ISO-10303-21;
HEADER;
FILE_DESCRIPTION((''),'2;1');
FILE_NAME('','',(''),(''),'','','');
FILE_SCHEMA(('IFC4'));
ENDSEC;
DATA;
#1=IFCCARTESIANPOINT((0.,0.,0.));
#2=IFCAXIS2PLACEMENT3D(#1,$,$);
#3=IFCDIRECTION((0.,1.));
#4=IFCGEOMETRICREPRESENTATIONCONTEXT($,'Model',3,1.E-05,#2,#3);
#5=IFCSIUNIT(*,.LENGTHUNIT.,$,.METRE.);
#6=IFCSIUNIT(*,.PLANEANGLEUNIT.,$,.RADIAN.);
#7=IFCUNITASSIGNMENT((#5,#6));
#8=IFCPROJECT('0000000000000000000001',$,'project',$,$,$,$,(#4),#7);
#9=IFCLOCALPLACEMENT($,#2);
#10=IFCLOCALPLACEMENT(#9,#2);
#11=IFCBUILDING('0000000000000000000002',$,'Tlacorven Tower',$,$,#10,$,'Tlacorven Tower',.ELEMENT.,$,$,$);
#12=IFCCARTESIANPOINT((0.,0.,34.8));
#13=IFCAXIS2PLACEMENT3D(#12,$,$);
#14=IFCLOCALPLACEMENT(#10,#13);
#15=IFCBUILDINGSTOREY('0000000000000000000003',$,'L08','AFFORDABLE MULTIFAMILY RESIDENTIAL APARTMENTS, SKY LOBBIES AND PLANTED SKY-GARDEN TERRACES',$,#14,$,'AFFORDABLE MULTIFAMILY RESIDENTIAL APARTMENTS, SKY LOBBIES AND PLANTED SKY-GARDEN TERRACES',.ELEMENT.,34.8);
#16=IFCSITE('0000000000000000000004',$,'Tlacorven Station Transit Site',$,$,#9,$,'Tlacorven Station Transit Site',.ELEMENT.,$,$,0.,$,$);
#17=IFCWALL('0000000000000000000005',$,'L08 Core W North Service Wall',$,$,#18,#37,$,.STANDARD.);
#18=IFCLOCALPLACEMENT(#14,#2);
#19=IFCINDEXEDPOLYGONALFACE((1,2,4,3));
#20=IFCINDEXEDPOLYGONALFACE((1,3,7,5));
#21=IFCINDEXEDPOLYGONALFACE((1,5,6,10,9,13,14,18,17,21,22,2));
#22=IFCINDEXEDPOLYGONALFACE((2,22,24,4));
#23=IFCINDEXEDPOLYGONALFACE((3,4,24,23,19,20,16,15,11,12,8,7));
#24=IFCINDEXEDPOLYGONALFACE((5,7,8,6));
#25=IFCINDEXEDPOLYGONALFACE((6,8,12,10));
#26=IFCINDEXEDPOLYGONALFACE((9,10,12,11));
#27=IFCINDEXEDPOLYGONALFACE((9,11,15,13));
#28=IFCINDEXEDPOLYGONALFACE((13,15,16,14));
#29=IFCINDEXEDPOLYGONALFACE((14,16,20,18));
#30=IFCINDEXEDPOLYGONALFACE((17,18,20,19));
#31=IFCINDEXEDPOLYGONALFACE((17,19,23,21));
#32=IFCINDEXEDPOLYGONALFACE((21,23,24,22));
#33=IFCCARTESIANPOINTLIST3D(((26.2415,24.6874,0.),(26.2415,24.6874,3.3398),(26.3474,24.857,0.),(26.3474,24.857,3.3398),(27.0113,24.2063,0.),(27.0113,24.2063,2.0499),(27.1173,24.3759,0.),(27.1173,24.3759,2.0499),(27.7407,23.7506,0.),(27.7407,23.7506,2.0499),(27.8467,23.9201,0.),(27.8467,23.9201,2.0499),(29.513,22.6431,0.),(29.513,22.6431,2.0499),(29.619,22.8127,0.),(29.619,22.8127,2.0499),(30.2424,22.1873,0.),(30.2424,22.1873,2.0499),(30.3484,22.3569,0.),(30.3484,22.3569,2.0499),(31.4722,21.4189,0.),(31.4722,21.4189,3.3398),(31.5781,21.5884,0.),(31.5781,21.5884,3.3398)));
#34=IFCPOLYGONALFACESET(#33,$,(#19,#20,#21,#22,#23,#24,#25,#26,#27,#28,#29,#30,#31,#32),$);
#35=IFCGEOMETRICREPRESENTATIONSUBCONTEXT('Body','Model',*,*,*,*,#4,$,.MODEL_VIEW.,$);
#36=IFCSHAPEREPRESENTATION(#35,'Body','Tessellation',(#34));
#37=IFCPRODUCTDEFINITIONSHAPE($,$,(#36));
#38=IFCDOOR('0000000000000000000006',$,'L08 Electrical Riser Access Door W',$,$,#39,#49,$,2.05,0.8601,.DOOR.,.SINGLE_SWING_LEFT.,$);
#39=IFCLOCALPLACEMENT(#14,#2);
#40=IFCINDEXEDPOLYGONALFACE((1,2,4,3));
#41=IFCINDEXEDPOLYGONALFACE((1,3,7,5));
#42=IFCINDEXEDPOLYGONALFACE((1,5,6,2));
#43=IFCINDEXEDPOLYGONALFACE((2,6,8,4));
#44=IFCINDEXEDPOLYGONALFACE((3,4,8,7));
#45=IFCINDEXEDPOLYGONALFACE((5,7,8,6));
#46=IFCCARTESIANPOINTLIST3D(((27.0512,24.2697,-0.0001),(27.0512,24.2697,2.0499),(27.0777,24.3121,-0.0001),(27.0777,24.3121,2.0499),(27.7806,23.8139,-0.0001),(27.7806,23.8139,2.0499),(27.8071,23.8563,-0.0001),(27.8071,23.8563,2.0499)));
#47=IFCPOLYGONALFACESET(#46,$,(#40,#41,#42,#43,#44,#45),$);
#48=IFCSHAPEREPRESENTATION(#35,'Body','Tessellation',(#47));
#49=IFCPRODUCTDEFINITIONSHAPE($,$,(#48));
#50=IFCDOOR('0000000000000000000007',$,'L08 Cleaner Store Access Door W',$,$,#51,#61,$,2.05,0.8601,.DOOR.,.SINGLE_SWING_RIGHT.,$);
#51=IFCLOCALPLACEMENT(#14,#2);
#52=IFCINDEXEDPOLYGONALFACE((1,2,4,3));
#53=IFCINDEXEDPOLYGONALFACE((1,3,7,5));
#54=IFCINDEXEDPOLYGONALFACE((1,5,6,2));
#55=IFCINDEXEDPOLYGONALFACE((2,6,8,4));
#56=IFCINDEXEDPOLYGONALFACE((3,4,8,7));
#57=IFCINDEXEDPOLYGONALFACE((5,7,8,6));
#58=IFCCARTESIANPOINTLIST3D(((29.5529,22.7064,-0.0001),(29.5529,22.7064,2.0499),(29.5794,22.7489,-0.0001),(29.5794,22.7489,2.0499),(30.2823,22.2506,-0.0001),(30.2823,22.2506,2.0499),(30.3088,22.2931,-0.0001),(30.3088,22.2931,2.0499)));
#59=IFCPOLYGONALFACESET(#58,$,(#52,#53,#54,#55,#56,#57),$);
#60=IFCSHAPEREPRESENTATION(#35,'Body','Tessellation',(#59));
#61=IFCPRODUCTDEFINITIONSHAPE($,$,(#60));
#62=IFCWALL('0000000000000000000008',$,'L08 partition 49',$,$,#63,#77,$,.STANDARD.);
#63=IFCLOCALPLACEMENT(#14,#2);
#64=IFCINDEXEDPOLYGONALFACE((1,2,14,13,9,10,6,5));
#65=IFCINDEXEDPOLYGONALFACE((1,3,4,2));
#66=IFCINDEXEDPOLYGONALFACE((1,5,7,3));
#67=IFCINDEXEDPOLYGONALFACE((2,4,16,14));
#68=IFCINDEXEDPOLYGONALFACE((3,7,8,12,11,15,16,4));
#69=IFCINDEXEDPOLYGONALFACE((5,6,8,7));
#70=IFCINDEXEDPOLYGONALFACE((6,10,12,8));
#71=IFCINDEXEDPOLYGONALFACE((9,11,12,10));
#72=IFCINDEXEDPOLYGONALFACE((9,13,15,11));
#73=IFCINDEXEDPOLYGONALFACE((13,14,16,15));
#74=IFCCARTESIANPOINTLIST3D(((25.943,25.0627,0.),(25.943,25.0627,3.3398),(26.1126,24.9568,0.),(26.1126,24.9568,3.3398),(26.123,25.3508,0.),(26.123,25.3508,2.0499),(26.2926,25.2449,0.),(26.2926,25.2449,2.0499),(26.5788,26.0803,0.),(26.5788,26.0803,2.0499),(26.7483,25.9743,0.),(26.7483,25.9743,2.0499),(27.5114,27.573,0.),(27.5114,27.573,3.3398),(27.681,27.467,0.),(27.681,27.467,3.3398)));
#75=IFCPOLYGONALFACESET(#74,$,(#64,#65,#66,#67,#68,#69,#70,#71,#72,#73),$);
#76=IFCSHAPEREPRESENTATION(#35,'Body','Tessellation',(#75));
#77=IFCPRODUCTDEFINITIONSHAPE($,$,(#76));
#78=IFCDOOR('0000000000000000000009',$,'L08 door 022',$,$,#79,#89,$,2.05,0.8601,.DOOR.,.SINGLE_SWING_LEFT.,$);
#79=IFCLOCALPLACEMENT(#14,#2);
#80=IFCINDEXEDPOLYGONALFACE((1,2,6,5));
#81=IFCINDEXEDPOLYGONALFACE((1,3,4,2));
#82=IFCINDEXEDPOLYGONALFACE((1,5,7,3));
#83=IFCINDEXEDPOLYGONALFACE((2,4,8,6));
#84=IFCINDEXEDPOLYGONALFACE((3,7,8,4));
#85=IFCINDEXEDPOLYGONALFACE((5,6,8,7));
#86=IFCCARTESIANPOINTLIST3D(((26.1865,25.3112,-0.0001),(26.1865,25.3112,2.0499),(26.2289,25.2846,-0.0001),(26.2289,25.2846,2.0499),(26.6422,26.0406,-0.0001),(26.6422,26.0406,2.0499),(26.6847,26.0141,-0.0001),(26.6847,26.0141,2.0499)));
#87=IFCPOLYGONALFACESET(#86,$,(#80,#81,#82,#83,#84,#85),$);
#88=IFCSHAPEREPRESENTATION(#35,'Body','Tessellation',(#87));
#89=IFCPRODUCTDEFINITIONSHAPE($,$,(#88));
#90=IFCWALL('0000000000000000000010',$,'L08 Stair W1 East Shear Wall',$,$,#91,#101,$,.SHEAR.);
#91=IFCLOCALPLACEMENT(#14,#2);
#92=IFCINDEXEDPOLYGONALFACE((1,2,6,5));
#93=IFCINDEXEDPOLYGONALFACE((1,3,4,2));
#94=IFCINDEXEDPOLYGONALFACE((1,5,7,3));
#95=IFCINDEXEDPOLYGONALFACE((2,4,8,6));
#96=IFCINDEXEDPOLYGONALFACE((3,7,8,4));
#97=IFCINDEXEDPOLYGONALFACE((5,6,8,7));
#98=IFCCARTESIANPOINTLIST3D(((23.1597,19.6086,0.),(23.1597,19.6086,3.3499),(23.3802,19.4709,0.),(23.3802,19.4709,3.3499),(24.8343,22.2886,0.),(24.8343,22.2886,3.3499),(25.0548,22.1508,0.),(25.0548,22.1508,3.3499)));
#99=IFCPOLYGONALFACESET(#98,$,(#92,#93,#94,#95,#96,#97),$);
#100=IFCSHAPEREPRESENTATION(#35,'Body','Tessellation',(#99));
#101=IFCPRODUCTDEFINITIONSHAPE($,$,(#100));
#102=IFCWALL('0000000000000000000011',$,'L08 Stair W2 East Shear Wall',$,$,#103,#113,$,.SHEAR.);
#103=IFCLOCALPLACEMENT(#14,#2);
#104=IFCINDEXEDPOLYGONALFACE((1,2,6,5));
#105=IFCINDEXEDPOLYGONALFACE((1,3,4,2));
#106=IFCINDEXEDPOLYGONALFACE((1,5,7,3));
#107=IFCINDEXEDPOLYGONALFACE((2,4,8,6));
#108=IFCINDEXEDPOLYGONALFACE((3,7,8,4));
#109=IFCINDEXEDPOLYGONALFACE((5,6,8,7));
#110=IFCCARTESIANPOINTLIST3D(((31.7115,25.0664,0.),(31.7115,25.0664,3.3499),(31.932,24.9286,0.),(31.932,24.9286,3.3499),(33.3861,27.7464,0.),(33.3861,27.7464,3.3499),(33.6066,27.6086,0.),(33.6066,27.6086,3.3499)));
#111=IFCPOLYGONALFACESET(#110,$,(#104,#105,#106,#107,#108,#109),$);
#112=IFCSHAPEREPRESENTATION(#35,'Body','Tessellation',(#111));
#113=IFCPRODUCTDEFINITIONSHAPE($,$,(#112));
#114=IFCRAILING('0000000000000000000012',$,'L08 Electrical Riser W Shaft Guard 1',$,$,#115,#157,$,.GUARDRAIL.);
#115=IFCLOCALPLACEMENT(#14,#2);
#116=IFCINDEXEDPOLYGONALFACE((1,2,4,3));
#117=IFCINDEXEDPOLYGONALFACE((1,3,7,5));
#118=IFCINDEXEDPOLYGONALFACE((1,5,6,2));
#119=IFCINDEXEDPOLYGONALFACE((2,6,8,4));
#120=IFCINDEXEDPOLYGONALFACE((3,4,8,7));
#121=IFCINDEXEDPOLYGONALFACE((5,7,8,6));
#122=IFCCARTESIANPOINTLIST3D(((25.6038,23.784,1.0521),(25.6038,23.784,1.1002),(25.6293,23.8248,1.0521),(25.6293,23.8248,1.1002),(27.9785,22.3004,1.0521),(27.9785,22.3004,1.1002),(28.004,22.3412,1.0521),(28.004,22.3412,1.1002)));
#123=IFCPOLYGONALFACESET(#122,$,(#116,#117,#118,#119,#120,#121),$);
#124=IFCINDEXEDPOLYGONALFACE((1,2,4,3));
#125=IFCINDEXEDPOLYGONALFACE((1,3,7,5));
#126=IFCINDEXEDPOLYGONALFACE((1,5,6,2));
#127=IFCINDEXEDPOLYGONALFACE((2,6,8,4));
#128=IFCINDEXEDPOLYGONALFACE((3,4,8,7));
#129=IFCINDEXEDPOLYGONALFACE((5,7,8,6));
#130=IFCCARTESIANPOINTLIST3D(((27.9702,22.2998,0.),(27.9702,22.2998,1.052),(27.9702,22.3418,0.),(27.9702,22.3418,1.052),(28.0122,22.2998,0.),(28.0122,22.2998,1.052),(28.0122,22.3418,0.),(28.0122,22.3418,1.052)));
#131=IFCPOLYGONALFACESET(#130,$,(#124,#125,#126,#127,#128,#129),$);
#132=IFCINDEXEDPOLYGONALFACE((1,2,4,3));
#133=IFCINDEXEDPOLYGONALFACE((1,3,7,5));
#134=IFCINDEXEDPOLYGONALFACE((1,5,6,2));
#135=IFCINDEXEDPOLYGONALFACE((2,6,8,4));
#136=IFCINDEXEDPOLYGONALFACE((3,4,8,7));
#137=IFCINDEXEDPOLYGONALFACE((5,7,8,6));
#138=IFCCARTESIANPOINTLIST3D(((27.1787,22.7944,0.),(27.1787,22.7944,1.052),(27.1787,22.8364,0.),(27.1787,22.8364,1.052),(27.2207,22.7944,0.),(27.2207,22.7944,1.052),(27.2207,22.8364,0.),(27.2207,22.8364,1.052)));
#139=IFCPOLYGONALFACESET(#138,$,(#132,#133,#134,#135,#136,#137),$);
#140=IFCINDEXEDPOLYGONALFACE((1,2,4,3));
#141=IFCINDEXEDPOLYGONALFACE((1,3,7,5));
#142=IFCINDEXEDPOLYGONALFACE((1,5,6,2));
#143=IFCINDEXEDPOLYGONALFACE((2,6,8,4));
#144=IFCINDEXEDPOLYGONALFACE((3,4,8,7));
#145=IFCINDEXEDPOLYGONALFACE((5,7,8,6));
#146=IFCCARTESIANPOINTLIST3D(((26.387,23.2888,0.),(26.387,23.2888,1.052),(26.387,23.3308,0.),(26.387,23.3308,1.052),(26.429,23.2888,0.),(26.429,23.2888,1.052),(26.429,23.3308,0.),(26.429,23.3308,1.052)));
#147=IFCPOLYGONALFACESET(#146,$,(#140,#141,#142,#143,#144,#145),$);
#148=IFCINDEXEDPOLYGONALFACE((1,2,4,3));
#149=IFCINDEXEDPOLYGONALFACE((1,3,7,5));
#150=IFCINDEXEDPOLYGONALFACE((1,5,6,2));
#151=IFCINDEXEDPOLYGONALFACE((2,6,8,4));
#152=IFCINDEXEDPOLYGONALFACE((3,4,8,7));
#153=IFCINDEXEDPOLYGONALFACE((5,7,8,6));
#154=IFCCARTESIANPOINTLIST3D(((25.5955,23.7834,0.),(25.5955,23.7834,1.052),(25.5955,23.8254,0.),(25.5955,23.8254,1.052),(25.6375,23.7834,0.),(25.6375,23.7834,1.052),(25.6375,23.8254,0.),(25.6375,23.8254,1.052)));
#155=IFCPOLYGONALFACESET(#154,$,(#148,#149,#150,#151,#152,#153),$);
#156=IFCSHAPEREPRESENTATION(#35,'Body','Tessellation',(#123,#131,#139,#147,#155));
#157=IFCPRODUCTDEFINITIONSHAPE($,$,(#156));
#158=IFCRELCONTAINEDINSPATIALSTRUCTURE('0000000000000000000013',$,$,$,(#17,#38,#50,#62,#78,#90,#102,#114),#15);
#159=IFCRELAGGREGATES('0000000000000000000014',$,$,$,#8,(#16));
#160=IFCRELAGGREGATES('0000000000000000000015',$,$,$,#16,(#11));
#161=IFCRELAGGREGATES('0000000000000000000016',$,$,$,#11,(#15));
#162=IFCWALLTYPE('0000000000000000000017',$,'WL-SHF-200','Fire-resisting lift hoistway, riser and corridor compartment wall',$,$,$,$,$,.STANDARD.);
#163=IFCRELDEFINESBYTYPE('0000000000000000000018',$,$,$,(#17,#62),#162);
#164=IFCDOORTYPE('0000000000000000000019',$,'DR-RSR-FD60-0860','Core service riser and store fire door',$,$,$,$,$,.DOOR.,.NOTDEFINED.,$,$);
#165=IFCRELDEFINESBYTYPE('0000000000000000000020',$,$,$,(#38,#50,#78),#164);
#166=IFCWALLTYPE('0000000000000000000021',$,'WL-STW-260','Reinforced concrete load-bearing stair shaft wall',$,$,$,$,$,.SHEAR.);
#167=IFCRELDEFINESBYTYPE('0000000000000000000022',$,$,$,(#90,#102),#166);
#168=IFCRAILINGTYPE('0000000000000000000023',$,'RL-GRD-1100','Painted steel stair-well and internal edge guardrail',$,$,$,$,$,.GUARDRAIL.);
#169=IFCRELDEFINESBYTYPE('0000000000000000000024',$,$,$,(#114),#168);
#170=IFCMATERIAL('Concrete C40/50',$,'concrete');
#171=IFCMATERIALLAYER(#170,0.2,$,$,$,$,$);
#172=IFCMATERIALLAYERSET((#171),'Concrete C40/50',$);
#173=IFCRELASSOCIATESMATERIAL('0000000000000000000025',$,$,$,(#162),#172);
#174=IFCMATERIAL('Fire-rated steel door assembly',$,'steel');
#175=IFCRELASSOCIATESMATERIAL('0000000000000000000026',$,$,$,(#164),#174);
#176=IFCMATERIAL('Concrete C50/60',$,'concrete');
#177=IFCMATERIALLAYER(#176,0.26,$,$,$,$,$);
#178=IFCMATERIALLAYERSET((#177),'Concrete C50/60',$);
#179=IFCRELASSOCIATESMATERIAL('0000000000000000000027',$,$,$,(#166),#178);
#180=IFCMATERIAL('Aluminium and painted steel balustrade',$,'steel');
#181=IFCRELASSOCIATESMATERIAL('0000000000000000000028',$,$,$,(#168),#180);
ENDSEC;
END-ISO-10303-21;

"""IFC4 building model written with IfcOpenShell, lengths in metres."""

from ifc_helpers import new_model, si_unit, direction, frame, frame_2d, origin, origin_2d, place, context, subcontext, project, spatial, rectangle, extrude, source, transform, mapped, material, layer, layer_set, type_object, element, fill, save


model = new_model("IFC4")

# Units and contexts
model_context = context("Model", 3, precision=1e-05, world=origin(), true_north=direction((0.0, 1.0)))
body_context = subcontext(model_context, "Body", "Model", "MODEL_VIEW")
ifc_project = project(units=[si_unit("LENGTHUNIT", "METRE"), si_unit("PLANEANGLEUNIT", "RADIAN")], contexts=[model_context])

# Site, building, storey
site_placement = place(None, origin())
site = spatial("IfcSite", under=ifc_project, at=site_placement, Name="Tlacorven Station Transit Site", LongName="Tlacorven Station Transit Site", CompositionType="ELEMENT", RefElevation=0.0)
building_placement = place(site_placement, origin())
building = spatial("IfcBuilding", under=site, at=building_placement, Name="Tlacorven Tower", LongName="Tlacorven Tower", CompositionType="ELEMENT")
storey_placement = place(building_placement, frame((0.0, 0.0, 34.8)))
storey = spatial("IfcBuildingStorey", under=building, at=storey_placement, Name="L08", Description="AFFORDABLE MULTIFAMILY RESIDENTIAL APARTMENTS, SKY LOBBIES AND PLANTED SKY-GARDEN TERRACES", LongName="AFFORDABLE MULTIFAMILY RESIDENTIAL APARTMENTS, SKY LOBBIES AND PLANTED SKY-GARDEN TERRACES", CompositionType="ELEMENT", Elevation=34.8)

# Shared definitions
ifc_material_1 = material(Name="Concrete C40/50", Category="concrete")
ifc_layer_1 = layer(ifc_material_1, 0.2)
ifc_layer_set_1 = layer_set([ifc_layer_1], Name="Concrete C40/50")
wall_type_1 = type_object("IfcWallType", Name="WL-SHF-200", Description="Fire-resisting lift hoistway, riser and corridor compartment wall", PredefinedType="STANDARD", material=ifc_layer_set_1)

# Wall, openings, doors
wall_1_placement = place(storey_placement, frame((31.5251, 21.5037, 0.0), z_axis=(0.0, 0.0, 1.0), x_axis=(-0.848045, 0.529924, 0.0)))
wall_1 = element("IfcWall", 1, at=wall_1_placement, inside=storey, type_object=wall_type_1, Name="L08 Core W North Service Wall", PredefinedType="STANDARD", context=body_context, shape_type="SweptSolid", body=[
    extrude(rectangle(XDim=6.168, YDim=0.2, at=frame_2d((3.084, 0.0))), origin(), (0.0, 0.0, 1.0), 3.3398),
])
opening_1_placement = place(wall_1_placement, frame((4.3999, 0.0, 0.0)))
opening_1 = element("IfcOpeningElement", 2, at=opening_1_placement, cuts=wall_1, PredefinedType="OPENING", context=body_context, shape_type="SweptSolid", body=[
    extrude(rectangle(XDim=0.8601, YDim=2.05, at=frame_2d((0.4302, 1.0249))), frame((0.0, 0.1099, 0.0), z_axis=(0.0, -1.0, 0.0), x_axis=(1.0, 0.0, 0.0)), (0.0, 0.0, 1.0), 0.22),
])
opening_2_placement = place(wall_1_placement, frame((1.45, 0.0, 0.0)))
opening_2 = element("IfcOpeningElement", 3, at=opening_2_placement, cuts=wall_1, PredefinedType="OPENING", context=body_context, shape_type="SweptSolid", body=[
    extrude(rectangle(XDim=0.8601, YDim=2.05, at=frame_2d((0.4302, 1.0249))), frame((0.0, 0.1099, 0.0), z_axis=(0.0, -1.0, 0.0), x_axis=(1.0, 0.0, 0.0)), (0.0, 0.0, 1.0), 0.22),
])
ifc_material_2 = material(Name="Fire-rated steel door assembly", Category="steel")
door_type_1 = type_object("IfcDoorType", Name="DR-RSR-FD60-0860", Description="Core service riser and store fire door", OperationType="NOTDEFINED", PredefinedType="DOOR", material=ifc_material_2)
shared_shape_1 = source(origin(), body_context, "Body", "SweptSolid", [
    extrude(rectangle(XDim=0.8601, YDim=2.05, at=frame_2d((0.4302, 1.0249))), frame((0.0, 0.0249, 0.0), z_axis=(0.0, -1.0, 0.0), x_axis=(1.0, 0.0, 0.0)), (0.0, 0.0, 1.0), 0.05),
])
door_1_placement = place(opening_1_placement, frame((0.8601, 0.0, 0.0), z_axis=(0.0, 0.0, 1.0), x_axis=(-1.0, 0.0, 0.0)))
door_1 = element("IfcDoor", 4, at=door_1_placement, inside=storey, type_object=door_type_1, Name="L08 Electrical Riser Access Door W", OperationType="SINGLE_SWING_LEFT", OverallHeight=2.05, OverallWidth=0.8601, PredefinedType="DOOR", context=body_context, shape_type="MappedRepresentation", body=[
    mapped(shared_shape_1, transform((0.0, 0.0, 0.0), scale=1.0)),
])
fill(opening_1, door_1)
door_2_placement = place(opening_2_placement, frame((0.8601, 0.0, 0.0), z_axis=(0.0, 0.0, 1.0), x_axis=(-1.0, 0.0, 0.0)))
door_2 = element("IfcDoor", 5, at=door_2_placement, inside=storey, type_object=door_type_1, Name="L08 Cleaner Store Access Door W", OperationType="SINGLE_SWING_RIGHT", OverallHeight=2.05, OverallWidth=0.8601, PredefinedType="DOOR", context=body_context, shape_type="MappedRepresentation", body=[
    mapped(shared_shape_1, transform((0.0, 0.0, 0.0), scale=1.0)),
])
fill(opening_2, door_2)

# Wall, opening, door
wall_2_placement = place(storey_placement, frame((27.5962, 27.52, 0.0), z_axis=(0.0, 0.0, 1.0), x_axis=(-0.529865, -0.848082, 0.0)))
wall_2 = element("IfcWall", 6, at=wall_2_placement, inside=storey, type_object=wall_type_1, Name="L08 partition 49", PredefinedType="STANDARD", context=body_context, shape_type="SweptSolid", body=[
    extrude(rectangle(XDim=2.96, YDim=0.2, at=frame_2d((1.48, 0.0))), origin(), (0.0, 0.0, 1.0), 3.3398),
])
opening_3_placement = place(wall_2_placement, frame((1.76, 0.0, 0.0)))
opening_3 = element("IfcOpeningElement", 7, at=opening_3_placement, cuts=wall_2, PredefinedType="OPENING", context=body_context, shape_type="SweptSolid", body=[
    extrude(rectangle(XDim=0.8601, YDim=2.05, at=frame_2d((0.4302, 1.0249))), frame((0.0, 0.1099, 0.0), z_axis=(0.0, -1.0, 0.0), x_axis=(1.0, 0.0, 0.0)), (0.0, 0.0, 1.0), 0.22),
])
door_3_placement = place(opening_3_placement, origin())
door_3 = element("IfcDoor", 8, at=door_3_placement, inside=storey, type_object=door_type_1, Name="L08 door 022", OperationType="SINGLE_SWING_LEFT", OverallHeight=2.05, OverallWidth=0.8601, PredefinedType="DOOR", context=body_context, shape_type="MappedRepresentation", body=[
    mapped(shared_shape_1, transform((0.0, 0.0, 0.0), scale=1.0)),
])
fill(opening_3, door_3)

# Walls
ifc_material_3 = material(Name="Concrete C50/60", Category="concrete")
ifc_layer_2 = layer(ifc_material_3, 0.26)
ifc_layer_set_2 = layer_set([ifc_layer_2], Name="Concrete C50/60")
wall_type_2 = type_object("IfcWallType", Name="WL-STW-260", Description="Reinforced concrete load-bearing stair shaft wall", PredefinedType="SHEAR", material=ifc_layer_set_2)
for number, where, z_axis, x_axis, name in (
    (9, (24.9446, 22.2197, 0.0), (0.0, 0.0, 1.0), (-0.529909, -0.848055, 0.0), "L08 Stair W1 East Shear Wall"),
    (10, (33.4963, 27.6775, 0.0), (0.0, 0.0, 1.0), (-0.529909, -0.848055, 0.0), "L08 Stair W2 East Shear Wall"),
):
    element("IfcWall", number, at=place(storey_placement, frame(where, z_axis=z_axis, x_axis=x_axis)), inside=storey, type_object=wall_type_2, Name=name, PredefinedType="SHEAR", context=body_context, shape_type="SweptSolid", body=[
        extrude(rectangle(XDim=3.1602, YDim=0.26, at=frame_2d((1.5801, 0.0))), origin(), (0.0, 0.0, 1.0), 3.3499),
    ])

# Railing
ifc_material_4 = material(Name="Aluminium and painted steel balustrade", Category="steel")
railing_type_1 = type_object("IfcRailingType", Name="RL-GRD-1100", Description="Painted steel stair-well and internal edge guardrail", PredefinedType="GUARDRAIL", material=ifc_material_4)
shared_shape_2 = source(origin(), body_context, "Body", "SweptSolid", [
    extrude(rectangle(XDim=0.0481, YDim=0.0481, at=origin_2d()), frame((0.0, 0.0, 1.0762), z_axis=(-0.848091, 0.52985, 0.0), x_axis=(-0.52985, -0.848091, 0.0)), (0.0, 0.0, 1.0), 2.8),
    extrude(rectangle(XDim=0.042, YDim=0.042, at=origin_2d()), origin(), (0.0, 0.0, 1.0), 1.052),
    extrude(rectangle(XDim=0.042, YDim=0.042, at=origin_2d()), frame((-0.7915, 0.4946, 0.0)), (0.0, 0.0, 1.0), 1.052),
    extrude(rectangle(XDim=0.042, YDim=0.042, at=origin_2d()), frame((-1.5833, 0.989, 0.0)), (0.0, 0.0, 1.0), 1.052),
    extrude(rectangle(XDim=0.042, YDim=0.042, at=origin_2d()), frame((-2.3748, 1.4836, 0.0)), (0.0, 0.0, 1.0), 1.052),
])
railing_1_placement = place(storey_placement, frame((27.9912, 22.3208, 0.0)))
element("IfcRailing", 11, at=railing_1_placement, inside=storey, type_object=railing_type_1, Name="L08 Electrical Riser W Shaft Guard 1", PredefinedType="GUARDRAIL", context=body_context, shape_type="MappedRepresentation", body=[
    mapped(shared_shape_2, transform((0.0, 0.0, 0.0), scale=1.0)),
])

save(model, "model.ifc")
